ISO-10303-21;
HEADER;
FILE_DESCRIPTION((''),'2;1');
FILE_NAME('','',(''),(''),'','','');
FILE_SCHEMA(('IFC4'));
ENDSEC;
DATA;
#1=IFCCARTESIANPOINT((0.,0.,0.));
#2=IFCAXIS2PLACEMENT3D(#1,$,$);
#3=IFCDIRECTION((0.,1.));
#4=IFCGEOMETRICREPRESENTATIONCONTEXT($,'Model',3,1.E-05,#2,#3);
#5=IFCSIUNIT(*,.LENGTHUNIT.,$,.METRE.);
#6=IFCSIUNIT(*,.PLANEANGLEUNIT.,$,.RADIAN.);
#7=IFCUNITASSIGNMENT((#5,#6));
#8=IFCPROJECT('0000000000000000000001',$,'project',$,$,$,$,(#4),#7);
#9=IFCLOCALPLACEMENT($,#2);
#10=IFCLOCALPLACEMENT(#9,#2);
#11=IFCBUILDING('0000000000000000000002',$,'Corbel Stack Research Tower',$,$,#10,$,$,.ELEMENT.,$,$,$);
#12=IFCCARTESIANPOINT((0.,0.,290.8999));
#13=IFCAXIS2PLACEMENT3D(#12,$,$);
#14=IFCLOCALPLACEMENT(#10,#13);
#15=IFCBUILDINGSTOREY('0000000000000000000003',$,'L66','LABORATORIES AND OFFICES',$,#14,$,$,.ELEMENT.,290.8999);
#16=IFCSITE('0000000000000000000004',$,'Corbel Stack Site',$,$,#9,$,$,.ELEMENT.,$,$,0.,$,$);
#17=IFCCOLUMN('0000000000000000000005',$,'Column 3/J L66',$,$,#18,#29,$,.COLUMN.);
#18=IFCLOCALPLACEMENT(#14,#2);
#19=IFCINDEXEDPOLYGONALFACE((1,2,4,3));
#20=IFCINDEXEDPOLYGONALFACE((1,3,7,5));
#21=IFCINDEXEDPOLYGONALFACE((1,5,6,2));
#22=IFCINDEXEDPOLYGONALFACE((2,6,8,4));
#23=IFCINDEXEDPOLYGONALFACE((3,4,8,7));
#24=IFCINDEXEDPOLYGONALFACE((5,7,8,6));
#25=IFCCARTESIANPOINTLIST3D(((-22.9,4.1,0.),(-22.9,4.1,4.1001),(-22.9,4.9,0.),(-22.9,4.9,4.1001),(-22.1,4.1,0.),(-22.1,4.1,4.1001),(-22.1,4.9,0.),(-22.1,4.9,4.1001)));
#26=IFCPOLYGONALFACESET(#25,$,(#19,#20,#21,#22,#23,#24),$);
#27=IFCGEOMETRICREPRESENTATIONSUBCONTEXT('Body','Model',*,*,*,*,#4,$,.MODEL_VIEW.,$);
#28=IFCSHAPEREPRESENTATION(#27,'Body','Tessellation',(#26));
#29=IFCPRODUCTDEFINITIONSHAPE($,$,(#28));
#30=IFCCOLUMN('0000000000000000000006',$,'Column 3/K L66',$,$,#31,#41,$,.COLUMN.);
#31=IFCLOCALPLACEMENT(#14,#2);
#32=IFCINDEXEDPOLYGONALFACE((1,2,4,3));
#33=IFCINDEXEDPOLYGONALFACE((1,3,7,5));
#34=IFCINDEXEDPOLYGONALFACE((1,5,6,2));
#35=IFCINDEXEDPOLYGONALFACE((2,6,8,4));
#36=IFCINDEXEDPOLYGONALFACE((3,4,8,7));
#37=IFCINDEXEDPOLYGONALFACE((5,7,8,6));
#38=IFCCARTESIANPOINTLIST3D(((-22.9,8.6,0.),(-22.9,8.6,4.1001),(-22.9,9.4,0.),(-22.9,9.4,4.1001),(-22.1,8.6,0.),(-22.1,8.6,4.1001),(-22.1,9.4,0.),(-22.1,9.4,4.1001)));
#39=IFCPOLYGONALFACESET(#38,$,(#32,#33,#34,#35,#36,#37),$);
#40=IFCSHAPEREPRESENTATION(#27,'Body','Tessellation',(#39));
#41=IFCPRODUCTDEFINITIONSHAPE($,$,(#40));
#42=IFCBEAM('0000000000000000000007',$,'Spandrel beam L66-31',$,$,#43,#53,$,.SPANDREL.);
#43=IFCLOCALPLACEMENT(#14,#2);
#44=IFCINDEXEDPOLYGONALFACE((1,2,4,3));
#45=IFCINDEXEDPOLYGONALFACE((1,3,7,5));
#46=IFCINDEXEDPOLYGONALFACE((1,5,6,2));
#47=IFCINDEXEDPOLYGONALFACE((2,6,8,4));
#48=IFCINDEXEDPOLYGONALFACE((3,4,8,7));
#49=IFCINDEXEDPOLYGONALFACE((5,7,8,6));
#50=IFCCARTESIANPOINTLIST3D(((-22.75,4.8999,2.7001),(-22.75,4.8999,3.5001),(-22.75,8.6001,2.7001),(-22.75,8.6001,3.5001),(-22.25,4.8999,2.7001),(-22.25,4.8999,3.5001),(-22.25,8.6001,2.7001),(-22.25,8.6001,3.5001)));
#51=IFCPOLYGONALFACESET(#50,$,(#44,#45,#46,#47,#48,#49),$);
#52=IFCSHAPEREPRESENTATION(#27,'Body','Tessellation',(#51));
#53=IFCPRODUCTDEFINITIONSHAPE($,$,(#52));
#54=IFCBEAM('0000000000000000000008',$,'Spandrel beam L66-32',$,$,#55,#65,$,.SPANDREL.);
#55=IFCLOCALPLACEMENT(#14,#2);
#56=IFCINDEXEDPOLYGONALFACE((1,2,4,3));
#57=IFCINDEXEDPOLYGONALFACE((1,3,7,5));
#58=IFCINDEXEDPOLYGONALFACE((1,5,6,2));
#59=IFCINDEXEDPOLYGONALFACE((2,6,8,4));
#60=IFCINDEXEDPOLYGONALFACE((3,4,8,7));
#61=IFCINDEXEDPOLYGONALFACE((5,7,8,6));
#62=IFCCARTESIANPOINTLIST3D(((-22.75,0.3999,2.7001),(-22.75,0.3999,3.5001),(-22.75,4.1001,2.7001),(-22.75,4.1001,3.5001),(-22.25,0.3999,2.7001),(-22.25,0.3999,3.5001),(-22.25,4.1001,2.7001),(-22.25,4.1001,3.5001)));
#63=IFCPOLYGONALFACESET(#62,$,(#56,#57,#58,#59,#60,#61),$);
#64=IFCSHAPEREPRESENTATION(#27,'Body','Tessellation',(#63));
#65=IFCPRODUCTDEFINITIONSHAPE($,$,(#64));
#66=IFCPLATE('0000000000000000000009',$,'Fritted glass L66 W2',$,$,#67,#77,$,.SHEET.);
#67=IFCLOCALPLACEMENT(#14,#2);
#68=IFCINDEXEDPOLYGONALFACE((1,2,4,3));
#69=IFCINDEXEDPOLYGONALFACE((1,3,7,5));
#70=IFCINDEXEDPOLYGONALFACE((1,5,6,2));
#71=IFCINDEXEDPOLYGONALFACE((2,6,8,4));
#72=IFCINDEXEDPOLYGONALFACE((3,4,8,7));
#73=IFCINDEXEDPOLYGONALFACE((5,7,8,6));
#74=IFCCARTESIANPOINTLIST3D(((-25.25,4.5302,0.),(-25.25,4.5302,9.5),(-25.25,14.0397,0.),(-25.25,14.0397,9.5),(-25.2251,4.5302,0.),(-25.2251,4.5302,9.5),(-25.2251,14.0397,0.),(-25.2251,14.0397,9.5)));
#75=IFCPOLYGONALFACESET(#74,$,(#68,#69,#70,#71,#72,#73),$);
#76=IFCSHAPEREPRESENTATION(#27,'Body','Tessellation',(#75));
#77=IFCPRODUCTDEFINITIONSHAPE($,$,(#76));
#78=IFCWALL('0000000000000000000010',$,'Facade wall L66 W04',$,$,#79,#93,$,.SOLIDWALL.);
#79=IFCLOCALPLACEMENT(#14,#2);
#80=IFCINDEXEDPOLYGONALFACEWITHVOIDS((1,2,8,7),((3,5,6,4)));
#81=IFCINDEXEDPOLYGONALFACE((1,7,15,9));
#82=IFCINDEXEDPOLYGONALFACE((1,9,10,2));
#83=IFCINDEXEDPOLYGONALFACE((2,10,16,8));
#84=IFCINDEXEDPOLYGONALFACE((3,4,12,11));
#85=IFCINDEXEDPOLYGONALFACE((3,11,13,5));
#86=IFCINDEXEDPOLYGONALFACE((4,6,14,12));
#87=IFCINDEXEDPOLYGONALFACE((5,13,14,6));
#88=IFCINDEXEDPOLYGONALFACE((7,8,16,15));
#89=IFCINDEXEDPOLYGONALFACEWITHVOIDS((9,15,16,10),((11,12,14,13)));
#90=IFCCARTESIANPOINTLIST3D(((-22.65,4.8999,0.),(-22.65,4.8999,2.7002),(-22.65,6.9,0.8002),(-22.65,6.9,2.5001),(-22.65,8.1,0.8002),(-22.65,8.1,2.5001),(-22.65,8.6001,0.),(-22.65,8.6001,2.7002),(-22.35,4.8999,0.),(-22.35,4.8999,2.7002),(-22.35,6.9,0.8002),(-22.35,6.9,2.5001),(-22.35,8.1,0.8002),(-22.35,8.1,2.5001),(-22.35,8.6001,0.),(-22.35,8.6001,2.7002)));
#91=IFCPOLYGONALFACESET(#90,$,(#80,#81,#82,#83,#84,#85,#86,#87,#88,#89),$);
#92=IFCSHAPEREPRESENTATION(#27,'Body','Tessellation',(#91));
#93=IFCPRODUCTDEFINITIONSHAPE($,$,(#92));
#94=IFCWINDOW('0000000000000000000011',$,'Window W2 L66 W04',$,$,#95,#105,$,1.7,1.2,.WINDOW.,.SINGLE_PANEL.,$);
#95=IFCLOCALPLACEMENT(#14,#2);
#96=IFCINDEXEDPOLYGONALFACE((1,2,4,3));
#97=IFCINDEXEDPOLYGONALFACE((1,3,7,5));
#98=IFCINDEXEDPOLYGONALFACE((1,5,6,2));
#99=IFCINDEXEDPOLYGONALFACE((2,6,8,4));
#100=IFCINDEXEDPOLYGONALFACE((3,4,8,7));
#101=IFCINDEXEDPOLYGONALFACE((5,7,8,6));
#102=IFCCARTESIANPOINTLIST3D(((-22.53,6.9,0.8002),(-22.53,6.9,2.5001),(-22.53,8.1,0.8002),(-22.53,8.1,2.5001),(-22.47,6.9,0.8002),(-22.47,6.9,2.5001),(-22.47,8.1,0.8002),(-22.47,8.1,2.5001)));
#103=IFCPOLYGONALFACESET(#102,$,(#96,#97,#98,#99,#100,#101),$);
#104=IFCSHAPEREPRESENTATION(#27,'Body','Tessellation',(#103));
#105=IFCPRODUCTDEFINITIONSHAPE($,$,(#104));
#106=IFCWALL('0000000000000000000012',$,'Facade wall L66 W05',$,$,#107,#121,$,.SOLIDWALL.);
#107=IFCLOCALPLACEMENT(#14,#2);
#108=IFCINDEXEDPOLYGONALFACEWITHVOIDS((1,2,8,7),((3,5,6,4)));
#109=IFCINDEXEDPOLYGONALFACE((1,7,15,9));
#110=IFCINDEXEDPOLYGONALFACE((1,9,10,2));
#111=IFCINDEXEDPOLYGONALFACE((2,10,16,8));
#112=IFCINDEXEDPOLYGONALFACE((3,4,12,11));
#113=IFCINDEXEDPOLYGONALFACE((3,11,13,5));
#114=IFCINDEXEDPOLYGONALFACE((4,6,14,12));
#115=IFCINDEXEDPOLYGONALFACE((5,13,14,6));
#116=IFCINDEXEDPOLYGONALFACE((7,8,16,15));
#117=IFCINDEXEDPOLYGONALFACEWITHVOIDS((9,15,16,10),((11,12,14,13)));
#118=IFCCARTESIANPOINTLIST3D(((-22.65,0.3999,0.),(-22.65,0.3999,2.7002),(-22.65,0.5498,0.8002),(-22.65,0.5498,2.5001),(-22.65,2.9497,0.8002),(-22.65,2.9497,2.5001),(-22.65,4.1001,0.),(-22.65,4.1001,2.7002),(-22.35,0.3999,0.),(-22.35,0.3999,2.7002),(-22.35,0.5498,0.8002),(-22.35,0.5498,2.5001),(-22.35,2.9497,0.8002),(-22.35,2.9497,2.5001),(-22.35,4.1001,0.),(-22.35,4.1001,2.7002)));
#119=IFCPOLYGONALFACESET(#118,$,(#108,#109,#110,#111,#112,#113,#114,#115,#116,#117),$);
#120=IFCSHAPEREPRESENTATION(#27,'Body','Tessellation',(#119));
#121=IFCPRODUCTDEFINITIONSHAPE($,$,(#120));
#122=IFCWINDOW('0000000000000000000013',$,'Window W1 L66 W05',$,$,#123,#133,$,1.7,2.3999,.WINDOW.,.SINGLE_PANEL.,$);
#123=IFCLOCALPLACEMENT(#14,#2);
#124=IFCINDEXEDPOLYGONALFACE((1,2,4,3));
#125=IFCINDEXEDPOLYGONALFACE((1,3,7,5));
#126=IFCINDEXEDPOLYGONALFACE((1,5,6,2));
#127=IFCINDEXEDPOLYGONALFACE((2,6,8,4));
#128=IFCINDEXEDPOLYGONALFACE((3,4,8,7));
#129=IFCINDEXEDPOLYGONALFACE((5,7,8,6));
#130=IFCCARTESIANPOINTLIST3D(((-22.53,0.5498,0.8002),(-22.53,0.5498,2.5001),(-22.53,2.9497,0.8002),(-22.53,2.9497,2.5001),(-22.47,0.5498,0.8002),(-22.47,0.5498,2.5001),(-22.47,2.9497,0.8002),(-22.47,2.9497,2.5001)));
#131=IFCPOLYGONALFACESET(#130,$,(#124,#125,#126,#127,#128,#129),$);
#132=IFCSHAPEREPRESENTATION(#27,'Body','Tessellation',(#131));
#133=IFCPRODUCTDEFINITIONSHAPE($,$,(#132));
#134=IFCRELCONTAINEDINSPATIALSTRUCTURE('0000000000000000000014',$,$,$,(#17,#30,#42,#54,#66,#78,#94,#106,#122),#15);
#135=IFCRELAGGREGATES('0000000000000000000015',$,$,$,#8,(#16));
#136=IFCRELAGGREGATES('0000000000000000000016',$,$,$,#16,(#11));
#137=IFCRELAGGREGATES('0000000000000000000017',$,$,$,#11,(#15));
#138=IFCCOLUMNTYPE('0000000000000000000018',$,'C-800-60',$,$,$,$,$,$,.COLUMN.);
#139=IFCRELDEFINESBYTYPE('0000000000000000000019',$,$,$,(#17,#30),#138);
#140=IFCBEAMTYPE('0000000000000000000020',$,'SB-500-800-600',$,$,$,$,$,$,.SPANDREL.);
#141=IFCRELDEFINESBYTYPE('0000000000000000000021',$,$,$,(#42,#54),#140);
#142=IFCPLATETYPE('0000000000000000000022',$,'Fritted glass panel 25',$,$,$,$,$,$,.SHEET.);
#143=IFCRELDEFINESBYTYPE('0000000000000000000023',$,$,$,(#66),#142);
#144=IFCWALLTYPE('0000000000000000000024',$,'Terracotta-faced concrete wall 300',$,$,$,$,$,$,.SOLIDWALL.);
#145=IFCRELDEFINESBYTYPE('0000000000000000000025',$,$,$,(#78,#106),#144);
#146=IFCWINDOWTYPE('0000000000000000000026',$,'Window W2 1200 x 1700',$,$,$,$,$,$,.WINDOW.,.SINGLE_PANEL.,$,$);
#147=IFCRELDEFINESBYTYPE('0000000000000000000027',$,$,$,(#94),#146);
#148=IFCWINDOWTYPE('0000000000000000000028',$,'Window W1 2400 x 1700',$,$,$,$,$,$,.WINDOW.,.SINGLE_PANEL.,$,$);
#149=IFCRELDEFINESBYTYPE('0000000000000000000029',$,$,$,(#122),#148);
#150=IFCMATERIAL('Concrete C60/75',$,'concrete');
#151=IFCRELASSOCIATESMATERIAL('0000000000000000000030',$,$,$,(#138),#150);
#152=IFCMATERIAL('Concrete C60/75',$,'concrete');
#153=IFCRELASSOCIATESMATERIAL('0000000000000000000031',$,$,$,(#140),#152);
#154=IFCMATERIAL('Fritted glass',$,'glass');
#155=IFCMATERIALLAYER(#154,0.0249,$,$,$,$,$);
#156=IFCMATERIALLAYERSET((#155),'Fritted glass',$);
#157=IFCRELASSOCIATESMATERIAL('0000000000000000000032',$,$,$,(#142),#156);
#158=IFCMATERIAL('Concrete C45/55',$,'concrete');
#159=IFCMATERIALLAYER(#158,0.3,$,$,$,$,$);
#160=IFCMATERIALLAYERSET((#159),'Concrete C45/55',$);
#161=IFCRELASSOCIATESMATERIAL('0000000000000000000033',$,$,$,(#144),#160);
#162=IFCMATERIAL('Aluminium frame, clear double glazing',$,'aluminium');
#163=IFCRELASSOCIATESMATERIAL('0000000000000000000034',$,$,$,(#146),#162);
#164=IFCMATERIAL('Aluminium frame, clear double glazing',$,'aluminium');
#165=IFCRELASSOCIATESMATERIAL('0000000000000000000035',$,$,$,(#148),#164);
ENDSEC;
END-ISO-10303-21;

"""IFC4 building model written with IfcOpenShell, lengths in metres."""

from ifc_helpers import new_model, si_unit, direction, frame, frame_2d, origin, origin_2d, place, context, subcontext, project, spatial, rectangle, extrude, material, layer, layer_set, material_profile, profile_set, type_object, element, fill, save


model = new_model("IFC4")

# Units and contexts
model_context = context("Model", 3, precision=1e-05, world=origin(), true_north=direction((0.0, 1.0)))
body_context = subcontext(model_context, "Body", "Model", "MODEL_VIEW")
ifc_project = project(units=[si_unit("LENGTHUNIT", "METRE"), si_unit("PLANEANGLEUNIT", "RADIAN")], contexts=[model_context])

# Site, building, storey
site_placement = place(None, origin())
site = spatial("IfcSite", under=ifc_project, at=site_placement, Name="Corbel Stack Site", CompositionType="ELEMENT", RefElevation=0.0)
building_placement = place(site_placement, origin())
building = spatial("IfcBuilding", under=site, at=building_placement, Name="Corbel Stack Research Tower", CompositionType="ELEMENT")
storey_placement = place(building_placement, frame((0.0, 0.0, 290.8999)))
storey = spatial("IfcBuildingStorey", under=building, at=storey_placement, Name="L66", Description="LABORATORIES AND OFFICES", CompositionType="ELEMENT", Elevation=290.8999)

# Columns
ifc_material_1 = material(Name="Concrete C60/75", Category="concrete")
ifc_material_profile_1 = material_profile(ifc_material_1, rectangle(XDim=0.8, YDim=0.8, at=origin_2d()), Name="RC 800 x 800")
ifc_profile_set_1 = profile_set([ifc_material_profile_1], Name="Concrete C60/75")
column_type = type_object("IfcColumnType", Name="C-800-60", PredefinedType="COLUMN", material=ifc_profile_set_1)
for number, where, z_axis, x_axis, name in (
    (1, (-22.5, 4.5, 0.0), (0.0, 0.0, 1.0), (1.0, 0.0, 0.0), "Column 3/J L66"),
    (2, (-22.5, 9.0, 0.0), (0.0, 0.0, 1.0), (1.0, 0.0, 0.0), "Column 3/K L66"),
):
    element("IfcColumn", number, at=place(storey_placement, frame(where, z_axis=z_axis, x_axis=x_axis)), inside=storey, type_object=column_type, Name=name, PredefinedType="COLUMN", context=body_context, shape_type="SweptSolid", body=[
        extrude(rectangle(XDim=0.8, YDim=0.8, at=origin_2d()), origin(), (0.0, 0.0, 1.0), 4.1001),
    ])

# Beams
ifc_material_2 = material(Name="Concrete C60/75", Category="concrete")
ifc_material_profile_2 = material_profile(ifc_material_2, rectangle(XDim=0.5, YDim=0.8, at=origin_2d()), Name="RC 500 x 800")
ifc_profile_set_2 = profile_set([ifc_material_profile_2], Name="Concrete C60/75")
beam_type = type_object("IfcBeamType", Name="SB-500-800-600", PredefinedType="SPANDREL", material=ifc_profile_set_2)
for number, where, z_axis, x_axis, name in (
    (3, (-22.5, 8.6001, 3.1001), (0.0, -1.0, 0.0), (1.0, 0.0, 0.0), "Spandrel beam L66-31"),
    (4, (-22.5, 4.1001, 3.1001), (0.0, -1.0, 0.0), (1.0, 0.0, 0.0), "Spandrel beam L66-32"),
):
    element("IfcBeam", number, at=place(storey_placement, frame(where, z_axis=z_axis, x_axis=x_axis)), inside=storey, type_object=beam_type, Name=name, PredefinedType="SPANDREL", context=body_context, shape_type="SweptSolid", body=[
        extrude(rectangle(XDim=0.5, YDim=0.8, at=origin_2d()), origin(), (0.0, 0.0, 1.0), 3.7002),
    ])

# Plate
ifc_material_3 = material(Name="Fritted glass", Category="glass")
ifc_layer_1 = layer(ifc_material_3, 0.0249)
ifc_layer_set_1 = layer_set([ifc_layer_1], Name="Fritted glass")
plate_type = type_object("IfcPlateType", Name="Fritted glass panel 25", PredefinedType="SHEET", material=ifc_layer_set_1)
plate_placement = place(storey_placement, frame((-25.2375, 9.2849, 0.0), z_axis=(0.0, 0.0, 1.0), x_axis=(0.0, -1.0, 0.0)))
element("IfcPlate", 5, at=plate_placement, inside=storey, type_object=plate_type, Name="Fritted glass L66 W2", PredefinedType="SHEET", context=body_context, shape_type="SweptSolid", body=[
    extrude(rectangle(XDim=9.5095, YDim=0.0249, at=origin_2d()), origin(), (0.0, 0.0, 1.0), 9.5),
])

# Walls, openings, windows
ifc_material_4 = material(Name="Concrete C45/55", Category="concrete")
ifc_layer_2 = layer(ifc_material_4, 0.3)
ifc_layer_set_2 = layer_set([ifc_layer_2], Name="Concrete C45/55")
wall_type = type_object("IfcWallType", Name="Terracotta-faced concrete wall 300", PredefinedType="SOLIDWALL", material=ifc_layer_set_2)
wall_1_placement = place(storey_placement, frame((-22.5, 4.8999, 0.0), z_axis=(0.0, 0.0, 1.0), x_axis=(0.0, 1.0, 0.0)))
wall_1 = element("IfcWall", 6, at=wall_1_placement, inside=storey, type_object=wall_type, Name="Facade wall L66 W04", PredefinedType="SOLIDWALL", context=body_context, shape_type="SweptSolid", body=[
    extrude(rectangle(XDim=3.7002, YDim=0.3, at=frame_2d((1.8501, 0.0))), origin(), (0.0, 0.0, 1.0), 2.7002),
])
opening_1_placement = place(wall_1_placement, frame((2.0, 0.0, 0.8)))
opening_1 = element("IfcOpeningElement", 7, at=opening_1_placement, cuts=wall_1, PredefinedType="OPENING", context=body_context, shape_type="SweptSolid", body=[
    extrude(rectangle(XDim=1.2, YDim=1.7, at=frame_2d((0.6001, 0.8501))), frame((0.0, 0.1599, 0.0), z_axis=(0.0, -1.0, 0.0), x_axis=(1.0, 0.0, 0.0)), (0.0, 0.0, 1.0), 0.3201),
])
ifc_material_5 = material(Name="Aluminium frame, clear double glazing", Category="aluminium")
window_type_1 = type_object("IfcWindowType", Name="Window W2 1200 x 1700", PartitioningType="SINGLE_PANEL", PredefinedType="WINDOW", material=ifc_material_5)
window_1_placement = place(opening_1_placement, origin())
window_1 = element("IfcWindow", 8, at=window_1_placement, inside=storey, type_object=window_type_1, Name="Window W2 L66 W04", OverallHeight=1.7, OverallWidth=1.2, PartitioningType="SINGLE_PANEL", PredefinedType="WINDOW", context=body_context, shape_type="SweptSolid", body=[
    extrude(rectangle(XDim=1.2, YDim=1.7, at=frame_2d((0.6001, 0.8501))), frame((0.0, 0.03, 0.0), z_axis=(0.0, -1.0, 0.0), x_axis=(1.0, 0.0, 0.0)), (0.0, 0.0, 1.0), 0.0601),
])
fill(opening_1, window_1)
wall_2_placement = place(storey_placement, frame((-22.5, 0.3999, 0.0), z_axis=(0.0, 0.0, 1.0), x_axis=(0.0, 1.0, 0.0)))
wall_2 = element("IfcWall", 9, at=wall_2_placement, inside=storey, type_object=wall_type, Name="Facade wall L66 W05", PredefinedType="SOLIDWALL", context=body_context, shape_type="SweptSolid", body=[
    extrude(rectangle(XDim=3.7002, YDim=0.3, at=frame_2d((1.8501, 0.0))), origin(), (0.0, 0.0, 1.0), 2.7002),
])
opening_2_placement = place(wall_2_placement, frame((0.1499, 0.0, 0.8)))
opening_2 = element("IfcOpeningElement", 10, at=opening_2_placement, cuts=wall_2, PredefinedType="OPENING", context=body_context, shape_type="SweptSolid", body=[
    extrude(rectangle(XDim=2.3999, YDim=1.7, at=frame_2d((1.2, 0.8501))), frame((0.0, 0.1599, 0.0), z_axis=(0.0, -1.0, 0.0), x_axis=(1.0, 0.0, 0.0)), (0.0, 0.0, 1.0), 0.3201),
])
ifc_material_6 = material(Name="Aluminium frame, clear double glazing", Category="aluminium")
window_type_2 = type_object("IfcWindowType", Name="Window W1 2400 x 1700", PartitioningType="SINGLE_PANEL", PredefinedType="WINDOW", material=ifc_material_6)
window_2_placement = place(opening_2_placement, origin())
window_2 = element("IfcWindow", 11, at=window_2_placement, inside=storey, type_object=window_type_2, Name="Window W1 L66 W05", OverallHeight=1.7, OverallWidth=2.3999, PartitioningType="SINGLE_PANEL", PredefinedType="WINDOW", context=body_context, shape_type="SweptSolid", body=[
    extrude(rectangle(XDim=2.3999, YDim=1.7, at=frame_2d((1.2, 0.8501))), frame((0.0, 0.03, 0.0), z_axis=(0.0, -1.0, 0.0), x_axis=(1.0, 0.0, 0.0)), (0.0, 0.0, 1.0), 0.0601),
])
fill(opening_2, window_2)

save(model, "model.ifc")
